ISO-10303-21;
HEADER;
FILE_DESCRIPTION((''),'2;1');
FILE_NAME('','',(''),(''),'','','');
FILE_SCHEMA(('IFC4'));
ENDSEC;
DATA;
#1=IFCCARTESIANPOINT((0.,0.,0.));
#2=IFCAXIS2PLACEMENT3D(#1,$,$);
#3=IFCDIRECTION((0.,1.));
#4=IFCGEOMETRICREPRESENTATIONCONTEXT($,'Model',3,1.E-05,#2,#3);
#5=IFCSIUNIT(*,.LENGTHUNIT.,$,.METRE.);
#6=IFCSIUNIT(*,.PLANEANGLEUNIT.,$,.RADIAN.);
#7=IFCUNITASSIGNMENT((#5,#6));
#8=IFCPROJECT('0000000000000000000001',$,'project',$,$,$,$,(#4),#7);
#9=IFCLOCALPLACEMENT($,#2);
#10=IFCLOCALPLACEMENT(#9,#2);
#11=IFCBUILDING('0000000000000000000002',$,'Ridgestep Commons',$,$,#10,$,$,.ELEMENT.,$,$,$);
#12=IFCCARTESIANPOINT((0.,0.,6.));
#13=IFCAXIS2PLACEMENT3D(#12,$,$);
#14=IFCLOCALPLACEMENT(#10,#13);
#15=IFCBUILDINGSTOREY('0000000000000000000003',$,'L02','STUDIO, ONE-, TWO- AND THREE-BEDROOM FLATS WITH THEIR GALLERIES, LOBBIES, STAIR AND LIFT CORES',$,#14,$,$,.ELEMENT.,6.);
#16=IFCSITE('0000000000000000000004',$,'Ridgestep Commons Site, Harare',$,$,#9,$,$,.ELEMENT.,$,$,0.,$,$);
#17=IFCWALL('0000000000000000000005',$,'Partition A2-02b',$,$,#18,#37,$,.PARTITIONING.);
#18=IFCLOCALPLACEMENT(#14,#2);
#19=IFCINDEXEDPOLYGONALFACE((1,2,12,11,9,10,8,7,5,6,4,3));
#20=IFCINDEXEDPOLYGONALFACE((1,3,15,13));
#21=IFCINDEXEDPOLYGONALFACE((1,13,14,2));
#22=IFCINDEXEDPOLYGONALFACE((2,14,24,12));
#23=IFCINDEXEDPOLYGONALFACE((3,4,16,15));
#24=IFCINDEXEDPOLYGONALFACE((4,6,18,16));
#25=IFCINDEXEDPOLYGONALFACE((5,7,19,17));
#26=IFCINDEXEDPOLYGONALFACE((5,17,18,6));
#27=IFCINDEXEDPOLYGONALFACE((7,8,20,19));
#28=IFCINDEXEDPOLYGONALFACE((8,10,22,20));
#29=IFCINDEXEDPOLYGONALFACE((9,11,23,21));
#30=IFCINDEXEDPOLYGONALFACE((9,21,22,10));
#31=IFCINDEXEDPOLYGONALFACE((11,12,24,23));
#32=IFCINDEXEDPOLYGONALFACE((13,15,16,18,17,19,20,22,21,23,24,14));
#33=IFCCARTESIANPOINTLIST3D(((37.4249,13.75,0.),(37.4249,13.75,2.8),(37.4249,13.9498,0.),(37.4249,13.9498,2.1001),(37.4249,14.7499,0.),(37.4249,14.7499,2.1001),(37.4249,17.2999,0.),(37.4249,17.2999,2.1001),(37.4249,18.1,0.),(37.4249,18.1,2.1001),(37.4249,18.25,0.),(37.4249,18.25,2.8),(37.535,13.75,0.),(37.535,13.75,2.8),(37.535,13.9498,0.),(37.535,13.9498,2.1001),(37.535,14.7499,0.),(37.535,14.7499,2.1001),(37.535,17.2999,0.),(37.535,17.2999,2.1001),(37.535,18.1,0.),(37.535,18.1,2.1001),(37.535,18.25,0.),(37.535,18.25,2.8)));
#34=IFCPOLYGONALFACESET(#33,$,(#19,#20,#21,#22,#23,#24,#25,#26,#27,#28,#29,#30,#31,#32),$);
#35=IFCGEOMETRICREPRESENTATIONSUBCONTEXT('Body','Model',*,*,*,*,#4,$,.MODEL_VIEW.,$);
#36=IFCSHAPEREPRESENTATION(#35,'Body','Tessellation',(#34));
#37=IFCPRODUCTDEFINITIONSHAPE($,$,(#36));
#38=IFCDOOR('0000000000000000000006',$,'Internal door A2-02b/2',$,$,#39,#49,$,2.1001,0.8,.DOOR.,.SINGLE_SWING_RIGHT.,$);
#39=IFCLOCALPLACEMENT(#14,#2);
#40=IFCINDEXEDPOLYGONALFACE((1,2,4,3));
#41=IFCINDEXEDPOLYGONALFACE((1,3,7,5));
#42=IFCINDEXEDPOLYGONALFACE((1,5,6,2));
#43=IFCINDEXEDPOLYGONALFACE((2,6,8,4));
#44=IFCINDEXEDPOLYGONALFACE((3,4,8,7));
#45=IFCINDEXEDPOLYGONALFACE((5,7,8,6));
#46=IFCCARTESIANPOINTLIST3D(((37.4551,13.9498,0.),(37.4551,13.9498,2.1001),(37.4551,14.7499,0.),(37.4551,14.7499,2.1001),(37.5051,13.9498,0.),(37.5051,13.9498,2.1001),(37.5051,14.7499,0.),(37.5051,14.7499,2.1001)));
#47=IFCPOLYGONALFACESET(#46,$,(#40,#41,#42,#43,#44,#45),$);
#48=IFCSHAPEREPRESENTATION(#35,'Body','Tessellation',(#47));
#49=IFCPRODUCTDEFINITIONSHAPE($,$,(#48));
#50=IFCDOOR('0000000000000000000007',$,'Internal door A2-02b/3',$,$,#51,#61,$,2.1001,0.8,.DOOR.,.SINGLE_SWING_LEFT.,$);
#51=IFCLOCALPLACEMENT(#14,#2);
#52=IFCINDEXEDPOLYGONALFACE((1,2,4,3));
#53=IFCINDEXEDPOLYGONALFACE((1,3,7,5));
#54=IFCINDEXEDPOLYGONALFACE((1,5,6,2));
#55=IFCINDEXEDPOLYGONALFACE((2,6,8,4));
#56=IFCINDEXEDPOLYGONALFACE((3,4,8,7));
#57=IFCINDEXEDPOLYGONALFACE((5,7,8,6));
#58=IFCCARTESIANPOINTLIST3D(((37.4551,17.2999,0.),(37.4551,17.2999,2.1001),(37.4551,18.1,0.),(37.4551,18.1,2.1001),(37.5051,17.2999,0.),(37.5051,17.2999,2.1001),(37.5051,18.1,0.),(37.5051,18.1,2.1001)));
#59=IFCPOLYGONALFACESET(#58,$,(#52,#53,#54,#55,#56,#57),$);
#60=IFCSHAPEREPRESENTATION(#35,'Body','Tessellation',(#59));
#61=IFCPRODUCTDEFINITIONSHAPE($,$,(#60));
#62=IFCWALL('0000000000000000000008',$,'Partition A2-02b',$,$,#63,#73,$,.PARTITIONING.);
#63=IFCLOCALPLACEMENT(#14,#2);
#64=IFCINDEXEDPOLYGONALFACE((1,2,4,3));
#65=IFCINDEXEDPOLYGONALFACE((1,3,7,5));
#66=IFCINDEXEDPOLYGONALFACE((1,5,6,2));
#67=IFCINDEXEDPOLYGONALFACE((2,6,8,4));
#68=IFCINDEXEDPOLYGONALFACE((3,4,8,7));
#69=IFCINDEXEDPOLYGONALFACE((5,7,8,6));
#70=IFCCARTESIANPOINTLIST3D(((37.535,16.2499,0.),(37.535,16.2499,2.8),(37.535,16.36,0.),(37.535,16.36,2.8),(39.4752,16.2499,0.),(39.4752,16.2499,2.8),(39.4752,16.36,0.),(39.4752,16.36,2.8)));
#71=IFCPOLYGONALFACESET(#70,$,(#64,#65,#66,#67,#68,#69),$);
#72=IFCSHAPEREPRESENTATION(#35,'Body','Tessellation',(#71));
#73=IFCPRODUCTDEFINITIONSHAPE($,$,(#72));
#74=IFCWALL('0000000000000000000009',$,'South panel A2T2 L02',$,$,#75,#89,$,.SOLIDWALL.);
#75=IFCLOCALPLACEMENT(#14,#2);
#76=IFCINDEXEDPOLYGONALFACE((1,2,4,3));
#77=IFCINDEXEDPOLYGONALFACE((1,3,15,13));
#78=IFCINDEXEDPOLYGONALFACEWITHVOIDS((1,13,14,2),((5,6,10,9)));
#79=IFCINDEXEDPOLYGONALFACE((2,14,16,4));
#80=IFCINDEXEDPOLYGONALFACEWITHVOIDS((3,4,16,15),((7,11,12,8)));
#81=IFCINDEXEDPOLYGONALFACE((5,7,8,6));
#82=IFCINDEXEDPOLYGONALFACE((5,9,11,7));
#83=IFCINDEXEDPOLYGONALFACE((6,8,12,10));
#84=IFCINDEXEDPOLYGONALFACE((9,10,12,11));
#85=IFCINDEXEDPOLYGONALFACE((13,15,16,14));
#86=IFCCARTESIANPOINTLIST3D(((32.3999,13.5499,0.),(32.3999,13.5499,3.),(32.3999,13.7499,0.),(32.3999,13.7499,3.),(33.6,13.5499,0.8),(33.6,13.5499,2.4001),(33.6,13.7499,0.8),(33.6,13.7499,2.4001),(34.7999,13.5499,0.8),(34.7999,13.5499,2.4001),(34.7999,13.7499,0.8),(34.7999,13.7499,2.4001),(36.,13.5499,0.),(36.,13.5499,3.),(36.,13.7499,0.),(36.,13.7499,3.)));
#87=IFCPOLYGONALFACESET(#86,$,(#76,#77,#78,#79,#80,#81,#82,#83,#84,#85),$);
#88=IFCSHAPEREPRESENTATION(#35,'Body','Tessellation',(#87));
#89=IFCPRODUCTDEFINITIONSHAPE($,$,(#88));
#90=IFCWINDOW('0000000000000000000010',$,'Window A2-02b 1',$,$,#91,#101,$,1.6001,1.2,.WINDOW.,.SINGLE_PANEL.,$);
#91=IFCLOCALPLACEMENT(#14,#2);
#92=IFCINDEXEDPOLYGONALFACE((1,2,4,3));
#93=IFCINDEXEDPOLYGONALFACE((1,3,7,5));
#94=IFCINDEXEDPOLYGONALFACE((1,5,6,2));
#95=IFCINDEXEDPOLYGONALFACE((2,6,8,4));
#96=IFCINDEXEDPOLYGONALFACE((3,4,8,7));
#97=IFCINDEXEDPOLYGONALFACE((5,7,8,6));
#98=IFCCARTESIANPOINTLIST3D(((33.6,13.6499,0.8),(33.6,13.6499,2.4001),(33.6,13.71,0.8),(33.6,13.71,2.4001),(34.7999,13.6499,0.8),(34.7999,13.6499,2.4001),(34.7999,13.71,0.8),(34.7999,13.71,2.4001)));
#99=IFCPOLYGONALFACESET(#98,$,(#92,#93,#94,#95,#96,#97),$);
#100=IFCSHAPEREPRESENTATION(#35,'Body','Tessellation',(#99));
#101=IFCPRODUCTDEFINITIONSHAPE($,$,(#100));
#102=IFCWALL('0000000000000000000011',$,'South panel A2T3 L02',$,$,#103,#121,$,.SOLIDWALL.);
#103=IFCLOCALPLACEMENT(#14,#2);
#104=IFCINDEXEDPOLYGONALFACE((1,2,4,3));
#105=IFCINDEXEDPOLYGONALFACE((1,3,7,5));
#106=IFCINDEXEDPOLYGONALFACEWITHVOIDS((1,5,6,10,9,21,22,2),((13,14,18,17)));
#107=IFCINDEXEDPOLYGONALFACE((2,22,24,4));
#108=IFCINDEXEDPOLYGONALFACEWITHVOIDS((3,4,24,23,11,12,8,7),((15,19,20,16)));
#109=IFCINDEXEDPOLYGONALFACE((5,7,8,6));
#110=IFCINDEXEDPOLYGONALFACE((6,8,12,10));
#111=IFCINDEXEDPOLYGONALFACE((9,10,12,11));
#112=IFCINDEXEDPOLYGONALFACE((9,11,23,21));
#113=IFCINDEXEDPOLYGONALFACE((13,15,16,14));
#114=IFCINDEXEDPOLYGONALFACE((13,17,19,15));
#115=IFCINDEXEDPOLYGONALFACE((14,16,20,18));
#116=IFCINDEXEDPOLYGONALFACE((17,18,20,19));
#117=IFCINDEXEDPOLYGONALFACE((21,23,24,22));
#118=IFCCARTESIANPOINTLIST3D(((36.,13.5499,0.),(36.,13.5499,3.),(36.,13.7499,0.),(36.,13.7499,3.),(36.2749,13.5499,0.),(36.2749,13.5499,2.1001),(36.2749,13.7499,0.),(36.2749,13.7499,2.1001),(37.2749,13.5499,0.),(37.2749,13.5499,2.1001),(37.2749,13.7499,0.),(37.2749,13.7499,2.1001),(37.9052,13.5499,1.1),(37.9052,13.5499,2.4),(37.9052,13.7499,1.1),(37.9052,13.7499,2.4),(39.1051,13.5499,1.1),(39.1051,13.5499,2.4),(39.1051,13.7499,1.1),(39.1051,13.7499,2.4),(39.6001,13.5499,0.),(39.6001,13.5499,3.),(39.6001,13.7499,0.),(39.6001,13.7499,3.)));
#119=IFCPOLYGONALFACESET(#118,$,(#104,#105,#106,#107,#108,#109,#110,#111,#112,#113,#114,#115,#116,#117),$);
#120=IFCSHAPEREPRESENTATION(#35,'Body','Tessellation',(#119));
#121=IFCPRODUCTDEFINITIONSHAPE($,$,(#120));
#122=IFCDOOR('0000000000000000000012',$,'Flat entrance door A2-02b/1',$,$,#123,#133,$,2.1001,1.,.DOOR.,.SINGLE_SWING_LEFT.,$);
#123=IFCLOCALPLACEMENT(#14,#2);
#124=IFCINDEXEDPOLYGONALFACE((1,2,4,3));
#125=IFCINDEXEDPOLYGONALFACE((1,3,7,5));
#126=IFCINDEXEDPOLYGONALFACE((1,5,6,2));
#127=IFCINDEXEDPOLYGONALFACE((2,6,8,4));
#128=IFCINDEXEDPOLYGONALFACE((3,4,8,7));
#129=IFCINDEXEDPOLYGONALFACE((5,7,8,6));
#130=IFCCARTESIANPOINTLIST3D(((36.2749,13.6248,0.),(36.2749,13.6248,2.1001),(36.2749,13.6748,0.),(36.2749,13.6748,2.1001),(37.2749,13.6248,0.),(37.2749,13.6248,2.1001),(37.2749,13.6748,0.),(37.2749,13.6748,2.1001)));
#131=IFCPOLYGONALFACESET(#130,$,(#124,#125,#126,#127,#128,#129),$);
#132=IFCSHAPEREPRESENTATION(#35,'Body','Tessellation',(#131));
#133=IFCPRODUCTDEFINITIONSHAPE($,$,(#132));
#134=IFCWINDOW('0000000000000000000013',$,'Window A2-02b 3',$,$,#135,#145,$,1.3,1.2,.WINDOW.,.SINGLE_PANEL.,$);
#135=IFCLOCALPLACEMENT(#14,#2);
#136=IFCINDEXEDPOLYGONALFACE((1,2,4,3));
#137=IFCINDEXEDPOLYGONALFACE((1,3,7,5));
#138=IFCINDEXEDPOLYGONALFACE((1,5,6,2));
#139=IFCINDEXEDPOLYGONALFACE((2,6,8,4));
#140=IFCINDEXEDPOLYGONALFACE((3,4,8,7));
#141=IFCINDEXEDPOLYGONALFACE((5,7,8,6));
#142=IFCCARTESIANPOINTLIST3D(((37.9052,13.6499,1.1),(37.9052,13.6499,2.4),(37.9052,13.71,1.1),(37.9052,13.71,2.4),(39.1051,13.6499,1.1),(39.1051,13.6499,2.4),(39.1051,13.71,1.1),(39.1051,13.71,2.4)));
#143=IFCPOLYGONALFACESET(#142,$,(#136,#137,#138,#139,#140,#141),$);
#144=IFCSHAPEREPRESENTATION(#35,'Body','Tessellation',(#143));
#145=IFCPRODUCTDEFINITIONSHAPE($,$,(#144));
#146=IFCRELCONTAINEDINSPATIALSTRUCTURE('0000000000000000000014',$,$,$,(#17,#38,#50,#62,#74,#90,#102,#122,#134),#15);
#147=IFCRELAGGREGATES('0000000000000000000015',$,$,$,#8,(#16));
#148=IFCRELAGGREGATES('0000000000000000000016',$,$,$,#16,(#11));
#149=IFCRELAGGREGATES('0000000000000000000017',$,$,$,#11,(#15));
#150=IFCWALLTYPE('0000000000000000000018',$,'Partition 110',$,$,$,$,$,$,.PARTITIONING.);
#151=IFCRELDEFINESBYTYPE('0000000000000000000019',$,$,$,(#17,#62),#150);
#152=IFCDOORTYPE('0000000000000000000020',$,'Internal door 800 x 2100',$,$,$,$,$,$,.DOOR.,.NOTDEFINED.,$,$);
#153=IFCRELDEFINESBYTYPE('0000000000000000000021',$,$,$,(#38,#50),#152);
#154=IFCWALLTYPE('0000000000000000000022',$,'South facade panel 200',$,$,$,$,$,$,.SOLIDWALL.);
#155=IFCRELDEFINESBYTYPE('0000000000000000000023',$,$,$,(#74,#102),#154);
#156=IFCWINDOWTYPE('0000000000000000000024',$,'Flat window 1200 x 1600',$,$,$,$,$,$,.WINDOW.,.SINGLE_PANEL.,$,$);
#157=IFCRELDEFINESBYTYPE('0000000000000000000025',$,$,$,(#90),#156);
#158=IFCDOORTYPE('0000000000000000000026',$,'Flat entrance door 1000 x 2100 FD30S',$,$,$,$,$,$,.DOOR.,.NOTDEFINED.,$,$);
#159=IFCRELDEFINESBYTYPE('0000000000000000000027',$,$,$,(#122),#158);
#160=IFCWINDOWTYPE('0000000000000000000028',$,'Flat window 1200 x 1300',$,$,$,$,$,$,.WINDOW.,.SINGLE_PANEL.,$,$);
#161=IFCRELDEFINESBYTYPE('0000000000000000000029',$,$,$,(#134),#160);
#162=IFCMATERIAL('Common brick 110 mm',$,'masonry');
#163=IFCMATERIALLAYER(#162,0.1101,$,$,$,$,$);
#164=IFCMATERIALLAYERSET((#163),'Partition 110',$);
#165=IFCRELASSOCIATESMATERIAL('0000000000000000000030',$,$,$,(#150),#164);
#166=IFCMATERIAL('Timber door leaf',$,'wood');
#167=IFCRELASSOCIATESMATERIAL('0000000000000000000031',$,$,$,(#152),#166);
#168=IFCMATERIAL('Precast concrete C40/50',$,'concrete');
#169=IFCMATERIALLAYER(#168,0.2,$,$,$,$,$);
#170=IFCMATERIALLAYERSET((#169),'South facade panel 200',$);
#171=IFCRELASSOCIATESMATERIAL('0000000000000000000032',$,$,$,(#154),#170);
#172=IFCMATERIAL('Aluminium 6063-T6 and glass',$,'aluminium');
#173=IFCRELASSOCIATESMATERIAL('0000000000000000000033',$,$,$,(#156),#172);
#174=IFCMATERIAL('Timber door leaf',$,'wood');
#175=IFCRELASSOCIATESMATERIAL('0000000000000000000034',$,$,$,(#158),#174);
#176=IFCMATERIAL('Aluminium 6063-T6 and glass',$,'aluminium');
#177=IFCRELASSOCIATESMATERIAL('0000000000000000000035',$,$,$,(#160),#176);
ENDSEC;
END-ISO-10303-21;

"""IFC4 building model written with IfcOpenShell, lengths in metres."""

from ifc_helpers import new_model, si_unit, direction, frame, frame_2d, origin, place, context, subcontext, project, spatial, rectangle, extrude, material, layer, layer_set, type_object, element, fill, save


model = new_model("IFC4")

# Units and contexts
model_context = context("Model", 3, precision=1e-05, world=origin(), true_north=direction((0.0, 1.0)))
body_context = subcontext(model_context, "Body", "Model", "MODEL_VIEW")
ifc_project = project(units=[si_unit("LENGTHUNIT", "METRE"), si_unit("PLANEANGLEUNIT", "RADIAN")], contexts=[model_context])

# Site, building, storey
site_placement = place(None, origin())
site = spatial("IfcSite", under=ifc_project, at=site_placement, Name="Ridgestep Commons Site, Harare", CompositionType="ELEMENT", RefElevation=0.0)
building_placement = place(site_placement, origin())
building = spatial("IfcBuilding", under=site, at=building_placement, Name="Ridgestep Commons", CompositionType="ELEMENT")
storey_placement = place(building_placement, frame((0.0, 0.0, 6.0)))
storey = spatial("IfcBuildingStorey", under=building, at=storey_placement, Name="L02", Description="STUDIO, ONE-, TWO- AND THREE-BEDROOM FLATS WITH THEIR GALLERIES, LOBBIES, STAIR AND LIFT CORES", CompositionType="ELEMENT", Elevation=6.0)

# Wall, openings, doors
ifc_material_1 = material(Name="Common brick 110 mm", Category="masonry")
ifc_layer_1 = layer(ifc_material_1, 0.1101)
ifc_layer_set_1 = layer_set([ifc_layer_1], Name="Partition 110")
wall_type_1 = type_object("IfcWallType", Name="Partition 110", PredefinedType="PARTITIONING", material=ifc_layer_set_1)
wall_1_placement = place(storey_placement, frame((37.48, 13.75, 0.0), z_axis=(0.0, 0.0, 1.0), x_axis=(0.0, 1.0, 0.0)))
wall_1 = element("IfcWall", 1, at=wall_1_placement, inside=storey, type_object=wall_type_1, Name="Partition A2-02b", PredefinedType="PARTITIONING", context=body_context, shape_type="SweptSolid", body=[
    extrude(rectangle(XDim=4.5, YDim=0.1101, at=frame_2d((2.25, 0.0))), origin(), (0.0, 0.0, 1.0), 2.8),
])
opening_1_placement = place(wall_1_placement, frame((0.2, 0.0, 0.0)))
opening_1 = element("IfcOpeningElement", 2, at=opening_1_placement, cuts=wall_1, PredefinedType="OPENING", context=body_context, shape_type="SweptSolid", body=[
    extrude(rectangle(XDim=0.8, YDim=2.1001, at=frame_2d((0.3999, 1.05))), frame((0.0, 0.0649, 0.0), z_axis=(0.0, -1.0, 0.0), x_axis=(1.0, 0.0, 0.0)), (0.0, 0.0, 1.0), 0.1301),
])
opening_2_placement = place(wall_1_placement, frame((3.55, 0.0, 0.0)))
opening_2 = element("IfcOpeningElement", 3, at=opening_2_placement, cuts=wall_1, PredefinedType="OPENING", context=body_context, shape_type="SweptSolid", body=[
    extrude(rectangle(XDim=0.8, YDim=2.1001, at=frame_2d((0.3999, 1.05))), frame((0.0, 0.0649, 0.0), z_axis=(0.0, -1.0, 0.0), x_axis=(1.0, 0.0, 0.0)), (0.0, 0.0, 1.0), 0.1301),
])
ifc_material_2 = material(Name="Timber door leaf", Category="wood")
door_type_1 = type_object("IfcDoorType", Name="Internal door 800 x 2100", OperationType="NOTDEFINED", PredefinedType="DOOR", material=ifc_material_2)
door_1_placement = place(opening_1_placement, origin())
door_1 = element("IfcDoor", 4, at=door_1_placement, inside=storey, type_object=door_type_1, Name="Internal door A2-02b/2", OperationType="SINGLE_SWING_RIGHT", OverallHeight=2.1001, OverallWidth=0.8, PredefinedType="DOOR", context=body_context, shape_type="SweptSolid", body=[
    extrude(rectangle(XDim=0.8, YDim=2.1001, at=frame_2d((0.3999, 1.05))), frame((0.0, 0.0249, 0.0), z_axis=(0.0, -1.0, 0.0), x_axis=(1.0, 0.0, 0.0)), (0.0, 0.0, 1.0), 0.05),
])
fill(opening_1, door_1)
door_2_placement = place(opening_2_placement, origin())
door_2 = element("IfcDoor", 5, at=door_2_placement, inside=storey, type_object=door_type_1, Name="Internal door A2-02b/3", OperationType="SINGLE_SWING_LEFT", OverallHeight=2.1001, OverallWidth=0.8, PredefinedType="DOOR", context=body_context, shape_type="SweptSolid", body=[
    extrude(rectangle(XDim=0.8, YDim=2.1001, at=frame_2d((0.3999, 1.05))), frame((0.0, 0.0249, 0.0), z_axis=(0.0, -1.0, 0.0), x_axis=(1.0, 0.0, 0.0)), (0.0, 0.0, 1.0), 0.05),
])
fill(opening_2, door_2)

# Wall
wall_2_placement = place(storey_placement, frame((37.5349, 16.3049, 0.0), z_axis=(0.0, 0.0, 1.0), x_axis=(1.0, 0.0, 0.0)))
element("IfcWall", 6, at=wall_2_placement, inside=storey, type_object=wall_type_1, Name="Partition A2-02b", PredefinedType="PARTITIONING", context=body_context, shape_type="SweptSolid", body=[
    extrude(rectangle(XDim=1.9402, YDim=0.1101, at=frame_2d((0.9702, 0.0))), origin(), (0.0, 0.0, 1.0), 2.8),
])

# Wall, opening, window
ifc_material_3 = material(Name="Precast concrete C40/50", Category="concrete")
ifc_layer_2 = layer(ifc_material_3, 0.2)
ifc_layer_set_2 = layer_set([ifc_layer_2], Name="South facade panel 200")
wall_type_2 = type_object("IfcWallType", Name="South facade panel 200", PredefinedType="SOLIDWALL", material=ifc_layer_set_2)
wall_3_placement = place(storey_placement, frame((32.3999, 13.6499, 0.0), z_axis=(0.0, 0.0, 1.0), x_axis=(1.0, 0.0, 0.0)))
wall_3 = element("IfcWall", 7, at=wall_3_placement, inside=storey, type_object=wall_type_2, Name="South panel A2T2 L02", PredefinedType="SOLIDWALL", context=body_context, shape_type="SweptSolid", body=[
    extrude(rectangle(XDim=3.6001, YDim=0.2, at=frame_2d((1.8, 0.0))), origin(), (0.0, 0.0, 1.0), 3.0),
])
opening_3_placement = place(wall_3_placement, frame((1.2, 0.0, 0.8)))
opening_3 = element("IfcOpeningElement", 8, at=opening_3_placement, cuts=wall_3, PredefinedType="OPENING", context=body_context, shape_type="SweptSolid", body=[
    extrude(rectangle(XDim=1.2, YDim=1.6001, at=frame_2d((0.6001, 0.8))), frame((0.0, 0.1099, 0.0), z_axis=(0.0, -1.0, 0.0), x_axis=(1.0, 0.0, 0.0)), (0.0, 0.0, 1.0), 0.22),
])
ifc_material_4 = material(Name="Aluminium 6063-T6 and glass", Category="aluminium")
window_type_1 = type_object("IfcWindowType", Name="Flat window 1200 x 1600", PartitioningType="SINGLE_PANEL", PredefinedType="WINDOW", material=ifc_material_4)
window_1_placement = place(opening_3_placement, origin())
window_1 = element("IfcWindow", 9, at=window_1_placement, inside=storey, type_object=window_type_1, Name="Window A2-02b 1", OverallHeight=1.6001, OverallWidth=1.2, PartitioningType="SINGLE_PANEL", PredefinedType="WINDOW", context=body_context, shape_type="SweptSolid", body=[
    extrude(rectangle(XDim=1.2, YDim=1.6001, at=frame_2d((0.6001, 0.8))), frame((0.0, 0.0601, 0.0), z_axis=(0.0, -1.0, 0.0), x_axis=(1.0, 0.0, 0.0)), (0.0, 0.0, 1.0), 0.0601),
])
fill(opening_3, window_1)

# Wall, openings, door, window
wall_4_placement = place(storey_placement, frame((36.0, 13.6499, 0.0), z_axis=(0.0, 0.0, 1.0), x_axis=(1.0, 0.0, 0.0)))
wall_4 = element("IfcWall", 10, at=wall_4_placement, inside=storey, type_object=wall_type_2, Name="South panel A2T3 L02", PredefinedType="SOLIDWALL", context=body_context, shape_type="SweptSolid", body=[
    extrude(rectangle(XDim=3.6001, YDim=0.2, at=frame_2d((1.8, 0.0))), origin(), (0.0, 0.0, 1.0), 3.0),
])
opening_4_placement = place(wall_4_placement, frame((1.905, 0.0, 1.1001)))
opening_4 = element("IfcOpeningElement", 11, at=opening_4_placement, cuts=wall_4, PredefinedType="OPENING", context=body_context, shape_type="SweptSolid", body=[
    extrude(rectangle(XDim=1.2, YDim=1.3, at=frame_2d((0.6001, 0.6499))), frame((0.0, 0.1099, 0.0), z_axis=(0.0, -1.0, 0.0), x_axis=(1.0, 0.0, 0.0)), (0.0, 0.0, 1.0), 0.22),
])
opening_5_placement = place(wall_4_placement, frame((0.2749, 0.0, 0.0)))
opening_5 = element("IfcOpeningElement", 12, at=opening_5_placement, cuts=wall_4, PredefinedType="OPENING", context=body_context, shape_type="SweptSolid", body=[
    extrude(rectangle(XDim=1.0, YDim=2.1001, at=frame_2d((0.5, 1.05))), frame((0.0, 0.1099, 0.0), z_axis=(0.0, -1.0, 0.0), x_axis=(1.0, 0.0, 0.0)), (0.0, 0.0, 1.0), 0.22),
])
ifc_material_5 = material(Name="Timber door leaf", Category="wood")
door_type_2 = type_object("IfcDoorType", Name="Flat entrance door 1000 x 2100 FD30S", OperationType="NOTDEFINED", PredefinedType="DOOR", material=ifc_material_5)
door_3_placement = place(opening_5_placement, origin())
door_3 = element("IfcDoor", 13, at=door_3_placement, inside=storey, type_object=door_type_2, Name="Flat entrance door A2-02b/1", OperationType="SINGLE_SWING_LEFT", OverallHeight=2.1001, OverallWidth=1.0, PredefinedType="DOOR", context=body_context, shape_type="SweptSolid", body=[
    extrude(rectangle(XDim=1.0, YDim=2.1001, at=frame_2d((0.5, 1.05))), frame((0.0, 0.0249, 0.0), z_axis=(0.0, -1.0, 0.0), x_axis=(1.0, 0.0, 0.0)), (0.0, 0.0, 1.0), 0.05),
])
fill(opening_5, door_3)
ifc_material_6 = material(Name="Aluminium 6063-T6 and glass", Category="aluminium")
window_type_2 = type_object("IfcWindowType", Name="Flat window 1200 x 1300", PartitioningType="SINGLE_PANEL", PredefinedType="WINDOW", material=ifc_material_6)
window_2_placement = place(opening_4_placement, origin())
window_2 = element("IfcWindow", 14, at=window_2_placement, inside=storey, type_object=window_type_2, Name="Window A2-02b 3", OverallHeight=1.3, OverallWidth=1.2, PartitioningType="SINGLE_PANEL", PredefinedType="WINDOW", context=body_context, shape_type="SweptSolid", body=[
    extrude(rectangle(XDim=1.2, YDim=1.3, at=frame_2d((0.6001, 0.6499))), frame((0.0, 0.0601, 0.0), z_axis=(0.0, -1.0, 0.0), x_axis=(1.0, 0.0, 0.0)), (0.0, 0.0, 1.0), 0.0601),
])
fill(opening_4, window_2)

save(model, "model.ifc")
